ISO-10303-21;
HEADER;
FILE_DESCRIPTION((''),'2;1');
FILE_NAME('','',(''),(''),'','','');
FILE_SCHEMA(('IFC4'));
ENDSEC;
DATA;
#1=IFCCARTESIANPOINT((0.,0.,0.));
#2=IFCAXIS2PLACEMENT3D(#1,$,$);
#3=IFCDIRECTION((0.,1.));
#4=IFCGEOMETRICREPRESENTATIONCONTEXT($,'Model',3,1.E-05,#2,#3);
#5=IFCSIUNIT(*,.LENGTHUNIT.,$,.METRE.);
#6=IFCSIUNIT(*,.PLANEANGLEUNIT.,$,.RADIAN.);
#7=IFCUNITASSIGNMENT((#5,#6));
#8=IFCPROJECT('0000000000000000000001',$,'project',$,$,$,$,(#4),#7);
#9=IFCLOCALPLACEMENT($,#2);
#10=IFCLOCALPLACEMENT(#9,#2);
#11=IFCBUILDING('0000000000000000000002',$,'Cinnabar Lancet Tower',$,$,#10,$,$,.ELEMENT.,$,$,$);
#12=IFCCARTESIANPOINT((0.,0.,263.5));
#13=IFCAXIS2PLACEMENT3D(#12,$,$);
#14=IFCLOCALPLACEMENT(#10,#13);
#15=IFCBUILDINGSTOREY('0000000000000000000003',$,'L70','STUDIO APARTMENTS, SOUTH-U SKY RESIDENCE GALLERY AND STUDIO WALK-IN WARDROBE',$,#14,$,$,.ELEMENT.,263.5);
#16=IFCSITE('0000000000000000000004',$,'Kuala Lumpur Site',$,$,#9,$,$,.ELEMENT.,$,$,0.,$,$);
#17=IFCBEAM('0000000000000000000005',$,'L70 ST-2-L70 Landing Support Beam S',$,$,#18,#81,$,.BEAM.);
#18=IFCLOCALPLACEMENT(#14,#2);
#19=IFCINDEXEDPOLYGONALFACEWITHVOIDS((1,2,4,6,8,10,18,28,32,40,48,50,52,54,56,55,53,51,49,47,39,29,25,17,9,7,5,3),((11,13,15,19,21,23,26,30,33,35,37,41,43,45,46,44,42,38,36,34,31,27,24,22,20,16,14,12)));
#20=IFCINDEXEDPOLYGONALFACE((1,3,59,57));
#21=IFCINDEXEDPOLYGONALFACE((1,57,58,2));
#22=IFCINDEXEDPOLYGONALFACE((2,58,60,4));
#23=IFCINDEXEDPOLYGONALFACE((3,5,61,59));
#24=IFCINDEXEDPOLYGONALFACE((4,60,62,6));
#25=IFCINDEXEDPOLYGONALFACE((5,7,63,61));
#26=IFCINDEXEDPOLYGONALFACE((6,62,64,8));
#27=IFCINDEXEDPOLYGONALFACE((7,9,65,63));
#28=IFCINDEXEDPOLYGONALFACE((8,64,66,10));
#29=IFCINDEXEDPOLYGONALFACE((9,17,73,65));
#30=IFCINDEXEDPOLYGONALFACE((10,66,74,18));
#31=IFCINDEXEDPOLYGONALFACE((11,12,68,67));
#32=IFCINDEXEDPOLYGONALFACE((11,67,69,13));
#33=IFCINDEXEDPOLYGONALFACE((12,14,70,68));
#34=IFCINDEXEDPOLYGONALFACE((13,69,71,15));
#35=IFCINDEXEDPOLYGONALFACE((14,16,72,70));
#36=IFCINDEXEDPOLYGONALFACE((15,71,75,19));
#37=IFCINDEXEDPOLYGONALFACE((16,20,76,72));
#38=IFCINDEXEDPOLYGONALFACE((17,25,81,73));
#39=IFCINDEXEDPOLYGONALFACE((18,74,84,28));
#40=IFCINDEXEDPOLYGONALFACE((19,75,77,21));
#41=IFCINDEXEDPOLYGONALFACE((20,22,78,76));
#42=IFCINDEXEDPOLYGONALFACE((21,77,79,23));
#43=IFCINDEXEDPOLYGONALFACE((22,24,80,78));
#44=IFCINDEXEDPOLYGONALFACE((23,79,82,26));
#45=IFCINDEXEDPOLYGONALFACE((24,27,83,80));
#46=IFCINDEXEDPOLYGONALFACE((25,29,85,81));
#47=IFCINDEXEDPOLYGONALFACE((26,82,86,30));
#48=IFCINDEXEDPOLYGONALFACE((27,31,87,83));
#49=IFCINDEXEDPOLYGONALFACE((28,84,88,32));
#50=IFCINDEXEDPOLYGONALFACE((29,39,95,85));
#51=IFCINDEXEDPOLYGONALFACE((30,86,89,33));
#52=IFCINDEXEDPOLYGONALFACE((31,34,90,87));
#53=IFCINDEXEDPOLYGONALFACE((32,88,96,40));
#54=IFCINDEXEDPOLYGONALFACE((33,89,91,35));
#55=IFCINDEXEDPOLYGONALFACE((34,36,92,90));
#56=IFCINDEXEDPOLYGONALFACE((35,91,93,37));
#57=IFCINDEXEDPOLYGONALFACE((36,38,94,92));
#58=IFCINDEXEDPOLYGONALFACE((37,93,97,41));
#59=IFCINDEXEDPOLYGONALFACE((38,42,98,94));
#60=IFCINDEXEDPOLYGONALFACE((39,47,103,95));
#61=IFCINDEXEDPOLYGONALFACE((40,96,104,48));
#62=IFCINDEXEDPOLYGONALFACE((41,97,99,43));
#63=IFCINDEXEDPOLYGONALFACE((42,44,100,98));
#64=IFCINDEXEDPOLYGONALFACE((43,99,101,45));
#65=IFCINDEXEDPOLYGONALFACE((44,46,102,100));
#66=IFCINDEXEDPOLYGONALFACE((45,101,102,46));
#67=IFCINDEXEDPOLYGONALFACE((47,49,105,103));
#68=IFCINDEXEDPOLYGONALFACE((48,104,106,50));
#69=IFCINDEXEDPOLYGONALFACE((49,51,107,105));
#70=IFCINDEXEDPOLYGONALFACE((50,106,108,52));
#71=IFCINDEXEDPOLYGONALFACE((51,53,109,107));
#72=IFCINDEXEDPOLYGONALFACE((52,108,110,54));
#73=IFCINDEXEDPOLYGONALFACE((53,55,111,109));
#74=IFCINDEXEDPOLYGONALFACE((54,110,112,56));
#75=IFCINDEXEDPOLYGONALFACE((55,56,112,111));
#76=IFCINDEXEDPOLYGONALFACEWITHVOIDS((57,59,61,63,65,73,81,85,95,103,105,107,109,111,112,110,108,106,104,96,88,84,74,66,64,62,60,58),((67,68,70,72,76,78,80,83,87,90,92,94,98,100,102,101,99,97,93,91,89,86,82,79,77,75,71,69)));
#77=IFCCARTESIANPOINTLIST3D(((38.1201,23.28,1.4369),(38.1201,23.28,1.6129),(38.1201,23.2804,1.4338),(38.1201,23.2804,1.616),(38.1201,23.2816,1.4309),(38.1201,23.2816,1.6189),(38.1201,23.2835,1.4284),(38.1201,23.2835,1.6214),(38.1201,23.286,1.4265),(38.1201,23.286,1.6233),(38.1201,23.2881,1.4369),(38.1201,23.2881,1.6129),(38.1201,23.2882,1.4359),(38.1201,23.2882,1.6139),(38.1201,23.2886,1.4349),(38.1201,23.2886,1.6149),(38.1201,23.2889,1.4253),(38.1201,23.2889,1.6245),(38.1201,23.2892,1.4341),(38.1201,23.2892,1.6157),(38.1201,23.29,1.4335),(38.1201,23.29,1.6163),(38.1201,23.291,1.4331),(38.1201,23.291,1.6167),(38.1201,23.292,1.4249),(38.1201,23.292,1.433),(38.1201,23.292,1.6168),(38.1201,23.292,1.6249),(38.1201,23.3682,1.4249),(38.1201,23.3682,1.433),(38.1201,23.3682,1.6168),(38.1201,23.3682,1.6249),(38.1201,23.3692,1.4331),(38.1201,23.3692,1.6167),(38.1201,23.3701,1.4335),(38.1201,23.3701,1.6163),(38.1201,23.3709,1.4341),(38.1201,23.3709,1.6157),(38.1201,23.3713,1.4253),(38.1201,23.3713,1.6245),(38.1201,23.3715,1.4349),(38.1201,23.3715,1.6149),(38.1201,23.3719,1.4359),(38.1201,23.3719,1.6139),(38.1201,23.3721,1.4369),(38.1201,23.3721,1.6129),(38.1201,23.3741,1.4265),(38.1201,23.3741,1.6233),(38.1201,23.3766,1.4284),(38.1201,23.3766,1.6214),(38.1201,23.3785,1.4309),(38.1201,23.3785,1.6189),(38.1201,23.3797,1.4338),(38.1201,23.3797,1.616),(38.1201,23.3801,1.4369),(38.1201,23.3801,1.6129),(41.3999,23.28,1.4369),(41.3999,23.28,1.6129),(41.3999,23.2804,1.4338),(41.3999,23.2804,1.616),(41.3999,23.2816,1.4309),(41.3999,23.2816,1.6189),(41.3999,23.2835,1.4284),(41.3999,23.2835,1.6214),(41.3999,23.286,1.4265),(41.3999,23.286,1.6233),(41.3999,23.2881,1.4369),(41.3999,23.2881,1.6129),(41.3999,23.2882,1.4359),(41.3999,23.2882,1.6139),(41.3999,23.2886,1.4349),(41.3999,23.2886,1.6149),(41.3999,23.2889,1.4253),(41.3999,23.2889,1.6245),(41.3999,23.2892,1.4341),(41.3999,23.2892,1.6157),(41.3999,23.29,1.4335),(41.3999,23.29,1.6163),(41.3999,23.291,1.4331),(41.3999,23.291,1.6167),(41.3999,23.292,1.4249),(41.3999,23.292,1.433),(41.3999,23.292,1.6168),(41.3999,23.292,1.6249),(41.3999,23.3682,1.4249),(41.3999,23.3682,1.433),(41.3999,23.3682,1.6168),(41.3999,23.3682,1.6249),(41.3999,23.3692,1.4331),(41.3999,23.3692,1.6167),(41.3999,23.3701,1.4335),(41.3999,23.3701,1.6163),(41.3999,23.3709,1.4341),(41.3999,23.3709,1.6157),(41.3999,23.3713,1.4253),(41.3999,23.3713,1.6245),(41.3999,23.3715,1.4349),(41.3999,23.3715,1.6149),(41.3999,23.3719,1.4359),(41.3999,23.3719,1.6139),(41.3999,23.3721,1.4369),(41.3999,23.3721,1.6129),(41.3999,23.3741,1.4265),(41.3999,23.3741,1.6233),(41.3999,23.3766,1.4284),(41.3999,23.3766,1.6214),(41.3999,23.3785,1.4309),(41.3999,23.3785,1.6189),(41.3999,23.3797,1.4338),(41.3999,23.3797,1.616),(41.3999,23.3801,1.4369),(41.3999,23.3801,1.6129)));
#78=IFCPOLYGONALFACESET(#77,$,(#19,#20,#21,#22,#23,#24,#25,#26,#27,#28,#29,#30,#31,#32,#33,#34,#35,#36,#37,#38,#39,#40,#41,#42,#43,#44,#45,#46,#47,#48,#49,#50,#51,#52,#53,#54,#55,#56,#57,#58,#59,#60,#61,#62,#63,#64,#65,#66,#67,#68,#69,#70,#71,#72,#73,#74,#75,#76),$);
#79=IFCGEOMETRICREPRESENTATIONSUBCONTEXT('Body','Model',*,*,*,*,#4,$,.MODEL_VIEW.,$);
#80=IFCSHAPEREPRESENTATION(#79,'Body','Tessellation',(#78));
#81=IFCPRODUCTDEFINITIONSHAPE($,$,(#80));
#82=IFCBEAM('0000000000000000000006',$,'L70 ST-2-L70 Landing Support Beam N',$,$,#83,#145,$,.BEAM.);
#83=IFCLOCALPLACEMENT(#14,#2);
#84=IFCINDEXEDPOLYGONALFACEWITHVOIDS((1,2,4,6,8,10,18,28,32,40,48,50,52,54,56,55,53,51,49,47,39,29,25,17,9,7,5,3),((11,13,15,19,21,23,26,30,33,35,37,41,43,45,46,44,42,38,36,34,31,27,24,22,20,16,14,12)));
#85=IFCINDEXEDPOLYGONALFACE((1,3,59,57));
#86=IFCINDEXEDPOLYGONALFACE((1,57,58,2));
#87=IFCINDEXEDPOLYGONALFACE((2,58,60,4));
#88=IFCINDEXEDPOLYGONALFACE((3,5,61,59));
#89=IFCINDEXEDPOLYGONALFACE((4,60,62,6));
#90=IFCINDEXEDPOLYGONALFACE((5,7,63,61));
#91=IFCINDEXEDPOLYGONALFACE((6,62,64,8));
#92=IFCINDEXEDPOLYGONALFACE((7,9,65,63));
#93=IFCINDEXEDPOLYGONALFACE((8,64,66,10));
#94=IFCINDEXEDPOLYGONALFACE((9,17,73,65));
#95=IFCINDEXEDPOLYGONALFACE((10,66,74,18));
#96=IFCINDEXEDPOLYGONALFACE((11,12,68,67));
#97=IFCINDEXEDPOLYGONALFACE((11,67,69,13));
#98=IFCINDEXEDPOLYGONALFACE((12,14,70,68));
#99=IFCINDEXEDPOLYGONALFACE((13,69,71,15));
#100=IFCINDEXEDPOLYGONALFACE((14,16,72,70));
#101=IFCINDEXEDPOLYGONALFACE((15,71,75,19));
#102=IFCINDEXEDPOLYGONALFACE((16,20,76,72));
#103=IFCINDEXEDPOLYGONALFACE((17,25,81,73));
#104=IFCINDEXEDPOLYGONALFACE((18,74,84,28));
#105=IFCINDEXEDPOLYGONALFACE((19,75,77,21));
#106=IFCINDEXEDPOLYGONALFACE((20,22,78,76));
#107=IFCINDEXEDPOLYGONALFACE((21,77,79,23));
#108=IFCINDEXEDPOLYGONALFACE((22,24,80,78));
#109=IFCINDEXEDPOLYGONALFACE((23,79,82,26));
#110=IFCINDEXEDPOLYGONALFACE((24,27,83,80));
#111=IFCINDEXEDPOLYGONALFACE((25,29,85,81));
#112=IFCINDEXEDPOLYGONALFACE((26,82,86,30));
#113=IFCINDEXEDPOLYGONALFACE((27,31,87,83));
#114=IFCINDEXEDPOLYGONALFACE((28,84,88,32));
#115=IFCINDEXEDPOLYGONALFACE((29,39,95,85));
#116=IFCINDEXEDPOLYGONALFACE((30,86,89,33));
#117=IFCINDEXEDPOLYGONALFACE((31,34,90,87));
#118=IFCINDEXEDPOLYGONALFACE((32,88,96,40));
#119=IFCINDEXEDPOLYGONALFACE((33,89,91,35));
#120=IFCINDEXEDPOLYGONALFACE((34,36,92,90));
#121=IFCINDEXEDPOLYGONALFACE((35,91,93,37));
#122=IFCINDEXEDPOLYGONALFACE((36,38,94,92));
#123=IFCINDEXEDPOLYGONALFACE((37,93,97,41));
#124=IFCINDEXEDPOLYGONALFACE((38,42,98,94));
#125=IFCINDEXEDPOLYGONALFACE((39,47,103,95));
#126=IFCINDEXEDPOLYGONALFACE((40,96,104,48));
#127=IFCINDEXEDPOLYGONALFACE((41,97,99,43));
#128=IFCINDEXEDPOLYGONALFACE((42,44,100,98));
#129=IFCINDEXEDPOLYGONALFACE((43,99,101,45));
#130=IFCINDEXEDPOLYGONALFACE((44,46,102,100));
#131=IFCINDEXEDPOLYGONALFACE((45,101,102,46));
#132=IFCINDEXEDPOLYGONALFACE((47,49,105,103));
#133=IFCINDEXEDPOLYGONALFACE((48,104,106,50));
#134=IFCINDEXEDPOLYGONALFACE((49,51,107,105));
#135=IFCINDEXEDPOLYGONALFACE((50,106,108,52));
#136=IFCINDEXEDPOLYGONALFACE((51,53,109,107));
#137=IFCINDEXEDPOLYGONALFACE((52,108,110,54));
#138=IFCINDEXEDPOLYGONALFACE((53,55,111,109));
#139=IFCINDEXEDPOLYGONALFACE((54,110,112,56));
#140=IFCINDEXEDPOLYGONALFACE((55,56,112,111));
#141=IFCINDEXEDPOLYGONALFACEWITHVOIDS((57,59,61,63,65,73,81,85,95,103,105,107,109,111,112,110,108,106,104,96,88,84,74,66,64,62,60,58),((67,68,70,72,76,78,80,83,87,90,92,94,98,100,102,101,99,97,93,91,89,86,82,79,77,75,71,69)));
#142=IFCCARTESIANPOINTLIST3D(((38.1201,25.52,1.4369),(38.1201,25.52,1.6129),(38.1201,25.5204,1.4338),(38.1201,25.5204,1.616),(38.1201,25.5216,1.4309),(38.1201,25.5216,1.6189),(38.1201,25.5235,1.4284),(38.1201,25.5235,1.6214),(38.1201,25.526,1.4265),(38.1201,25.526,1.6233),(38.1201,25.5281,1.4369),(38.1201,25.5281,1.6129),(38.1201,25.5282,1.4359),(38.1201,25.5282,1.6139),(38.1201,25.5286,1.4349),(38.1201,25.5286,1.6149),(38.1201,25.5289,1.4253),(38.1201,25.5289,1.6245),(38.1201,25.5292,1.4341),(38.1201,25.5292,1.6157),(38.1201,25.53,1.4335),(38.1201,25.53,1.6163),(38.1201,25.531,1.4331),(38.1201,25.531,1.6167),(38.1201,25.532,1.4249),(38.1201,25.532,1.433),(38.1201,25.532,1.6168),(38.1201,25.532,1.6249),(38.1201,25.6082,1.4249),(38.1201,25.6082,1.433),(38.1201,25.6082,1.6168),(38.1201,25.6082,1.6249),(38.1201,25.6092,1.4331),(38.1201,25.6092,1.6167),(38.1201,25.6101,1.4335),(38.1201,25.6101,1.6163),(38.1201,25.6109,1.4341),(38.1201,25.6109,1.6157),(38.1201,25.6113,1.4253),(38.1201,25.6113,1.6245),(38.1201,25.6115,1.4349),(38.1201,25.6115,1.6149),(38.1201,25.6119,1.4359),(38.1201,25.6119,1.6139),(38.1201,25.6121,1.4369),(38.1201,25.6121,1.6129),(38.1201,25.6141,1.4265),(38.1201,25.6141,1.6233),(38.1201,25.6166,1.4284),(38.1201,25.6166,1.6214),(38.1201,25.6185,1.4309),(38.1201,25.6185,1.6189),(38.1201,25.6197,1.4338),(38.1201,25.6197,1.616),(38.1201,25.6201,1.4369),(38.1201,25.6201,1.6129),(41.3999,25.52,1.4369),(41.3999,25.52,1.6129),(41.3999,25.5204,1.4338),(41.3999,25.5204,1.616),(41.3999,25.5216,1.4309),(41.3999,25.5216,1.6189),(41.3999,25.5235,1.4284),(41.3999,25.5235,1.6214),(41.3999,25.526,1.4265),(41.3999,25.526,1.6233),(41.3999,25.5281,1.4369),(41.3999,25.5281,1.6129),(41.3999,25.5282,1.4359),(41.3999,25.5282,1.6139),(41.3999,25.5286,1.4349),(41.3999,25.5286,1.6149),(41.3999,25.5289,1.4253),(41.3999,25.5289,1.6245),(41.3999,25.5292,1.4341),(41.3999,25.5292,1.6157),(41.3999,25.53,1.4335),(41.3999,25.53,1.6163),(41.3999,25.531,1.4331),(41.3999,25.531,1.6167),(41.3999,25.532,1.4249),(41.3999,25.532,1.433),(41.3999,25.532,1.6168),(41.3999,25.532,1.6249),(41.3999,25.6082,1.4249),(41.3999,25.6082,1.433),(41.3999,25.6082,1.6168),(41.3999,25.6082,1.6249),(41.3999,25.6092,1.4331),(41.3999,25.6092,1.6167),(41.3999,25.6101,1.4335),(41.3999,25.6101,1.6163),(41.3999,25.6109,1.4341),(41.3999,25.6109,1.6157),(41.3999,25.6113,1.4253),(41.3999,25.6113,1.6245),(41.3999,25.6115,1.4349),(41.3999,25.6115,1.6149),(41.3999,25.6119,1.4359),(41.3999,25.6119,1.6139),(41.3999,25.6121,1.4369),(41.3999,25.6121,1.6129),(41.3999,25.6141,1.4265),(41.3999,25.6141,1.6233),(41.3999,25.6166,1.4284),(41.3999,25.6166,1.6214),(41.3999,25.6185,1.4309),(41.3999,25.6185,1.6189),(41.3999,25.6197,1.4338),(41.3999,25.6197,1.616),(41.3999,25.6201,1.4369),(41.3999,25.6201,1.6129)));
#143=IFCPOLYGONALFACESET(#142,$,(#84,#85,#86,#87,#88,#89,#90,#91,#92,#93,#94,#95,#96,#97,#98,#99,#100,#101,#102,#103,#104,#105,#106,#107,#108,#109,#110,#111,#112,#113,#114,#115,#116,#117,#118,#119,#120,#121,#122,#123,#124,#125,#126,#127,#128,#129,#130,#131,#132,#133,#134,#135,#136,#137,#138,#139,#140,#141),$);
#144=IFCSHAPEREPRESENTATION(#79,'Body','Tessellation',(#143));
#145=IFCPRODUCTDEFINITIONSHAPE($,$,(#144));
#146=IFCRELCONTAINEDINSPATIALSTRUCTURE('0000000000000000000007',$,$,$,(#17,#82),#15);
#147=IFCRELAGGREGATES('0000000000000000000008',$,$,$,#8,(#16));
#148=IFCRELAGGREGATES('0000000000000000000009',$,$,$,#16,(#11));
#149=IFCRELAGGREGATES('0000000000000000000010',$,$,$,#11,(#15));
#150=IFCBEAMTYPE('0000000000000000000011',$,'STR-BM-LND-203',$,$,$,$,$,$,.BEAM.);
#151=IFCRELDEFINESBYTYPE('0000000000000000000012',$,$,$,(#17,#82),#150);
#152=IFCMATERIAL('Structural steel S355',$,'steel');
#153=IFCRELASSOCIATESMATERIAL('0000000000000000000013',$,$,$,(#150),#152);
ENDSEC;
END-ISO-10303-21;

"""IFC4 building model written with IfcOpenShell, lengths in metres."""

from ifc_helpers import new_model, si_unit, direction, frame, origin, origin_2d, place, context, subcontext, project, spatial, hollow_rectangle, extrude, material, material_profile, profile_set, type_object, element, save


model = new_model("IFC4")

# Units and contexts
model_context = context("Model", 3, precision=1e-05, world=origin(), true_north=direction((0.0, 1.0)))
body_context = subcontext(model_context, "Body", "Model", "MODEL_VIEW")
ifc_project = project(units=[si_unit("LENGTHUNIT", "METRE"), si_unit("PLANEANGLEUNIT", "RADIAN")], contexts=[model_context])

# Site, building, storey
site_placement = place(None, origin())
site = spatial("IfcSite", under=ifc_project, at=site_placement, Name="Kuala Lumpur Site", CompositionType="ELEMENT", RefElevation=0.0)
building_placement = place(site_placement, origin())
building = spatial("IfcBuilding", under=site, at=building_placement, Name="Cinnabar Lancet Tower", CompositionType="ELEMENT")
storey_placement = place(building_placement, frame((0.0, 0.0, 263.5)))
storey = spatial("IfcBuildingStorey", under=building, at=storey_placement, Name="L70", Description="STUDIO APARTMENTS, SOUTH-U SKY RESIDENCE GALLERY AND STUDIO WALK-IN WARDROBE", CompositionType="ELEMENT", Elevation=263.5)

# Beams
ifc_material_1 = material(Name="Structural steel S355", Category="steel")
ifc_material_profile = material_profile(ifc_material_1, hollow_rectangle(XDim=0.1001, YDim=0.2, WallThickness=0.0081, InnerFilletRadius=0.0039, OuterFilletRadius=0.012, at=origin_2d()), Name="RHS 200x100x8")
ifc_profile_set = profile_set([ifc_material_profile], Name="Structural steel S355")
beam_type = type_object("IfcBeamType", Name="STR-BM-LND-203", PredefinedType="BEAM", material=ifc_profile_set)
for number, where, z_axis, x_axis, name in (
    (1, (38.1201, 23.3301, 1.5249), (1.0, 0.0, 0.0), (0.0, 1.0, 0.0), "L70 ST-2-L70 Landing Support Beam S"),
    (2, (38.1201, 25.5701, 1.5249), (1.0, 0.0, 0.0), (0.0, 1.0, 0.0), "L70 ST-2-L70 Landing Support Beam N"),
):
    element("IfcBeam", number, at=place(storey_placement, frame(where, z_axis=z_axis, x_axis=x_axis)), inside=storey, type_object=beam_type, Name=name, PredefinedType="BEAM", context=body_context, shape_type="SweptSolid", body=[
        extrude(hollow_rectangle(XDim=0.1001, YDim=0.2, WallThickness=0.0081, InnerFilletRadius=0.0039, OuterFilletRadius=0.012, at=origin_2d()), origin(), (0.0, 0.0, 1.0), 3.2798),
    ])

save(model, "model.ifc")
